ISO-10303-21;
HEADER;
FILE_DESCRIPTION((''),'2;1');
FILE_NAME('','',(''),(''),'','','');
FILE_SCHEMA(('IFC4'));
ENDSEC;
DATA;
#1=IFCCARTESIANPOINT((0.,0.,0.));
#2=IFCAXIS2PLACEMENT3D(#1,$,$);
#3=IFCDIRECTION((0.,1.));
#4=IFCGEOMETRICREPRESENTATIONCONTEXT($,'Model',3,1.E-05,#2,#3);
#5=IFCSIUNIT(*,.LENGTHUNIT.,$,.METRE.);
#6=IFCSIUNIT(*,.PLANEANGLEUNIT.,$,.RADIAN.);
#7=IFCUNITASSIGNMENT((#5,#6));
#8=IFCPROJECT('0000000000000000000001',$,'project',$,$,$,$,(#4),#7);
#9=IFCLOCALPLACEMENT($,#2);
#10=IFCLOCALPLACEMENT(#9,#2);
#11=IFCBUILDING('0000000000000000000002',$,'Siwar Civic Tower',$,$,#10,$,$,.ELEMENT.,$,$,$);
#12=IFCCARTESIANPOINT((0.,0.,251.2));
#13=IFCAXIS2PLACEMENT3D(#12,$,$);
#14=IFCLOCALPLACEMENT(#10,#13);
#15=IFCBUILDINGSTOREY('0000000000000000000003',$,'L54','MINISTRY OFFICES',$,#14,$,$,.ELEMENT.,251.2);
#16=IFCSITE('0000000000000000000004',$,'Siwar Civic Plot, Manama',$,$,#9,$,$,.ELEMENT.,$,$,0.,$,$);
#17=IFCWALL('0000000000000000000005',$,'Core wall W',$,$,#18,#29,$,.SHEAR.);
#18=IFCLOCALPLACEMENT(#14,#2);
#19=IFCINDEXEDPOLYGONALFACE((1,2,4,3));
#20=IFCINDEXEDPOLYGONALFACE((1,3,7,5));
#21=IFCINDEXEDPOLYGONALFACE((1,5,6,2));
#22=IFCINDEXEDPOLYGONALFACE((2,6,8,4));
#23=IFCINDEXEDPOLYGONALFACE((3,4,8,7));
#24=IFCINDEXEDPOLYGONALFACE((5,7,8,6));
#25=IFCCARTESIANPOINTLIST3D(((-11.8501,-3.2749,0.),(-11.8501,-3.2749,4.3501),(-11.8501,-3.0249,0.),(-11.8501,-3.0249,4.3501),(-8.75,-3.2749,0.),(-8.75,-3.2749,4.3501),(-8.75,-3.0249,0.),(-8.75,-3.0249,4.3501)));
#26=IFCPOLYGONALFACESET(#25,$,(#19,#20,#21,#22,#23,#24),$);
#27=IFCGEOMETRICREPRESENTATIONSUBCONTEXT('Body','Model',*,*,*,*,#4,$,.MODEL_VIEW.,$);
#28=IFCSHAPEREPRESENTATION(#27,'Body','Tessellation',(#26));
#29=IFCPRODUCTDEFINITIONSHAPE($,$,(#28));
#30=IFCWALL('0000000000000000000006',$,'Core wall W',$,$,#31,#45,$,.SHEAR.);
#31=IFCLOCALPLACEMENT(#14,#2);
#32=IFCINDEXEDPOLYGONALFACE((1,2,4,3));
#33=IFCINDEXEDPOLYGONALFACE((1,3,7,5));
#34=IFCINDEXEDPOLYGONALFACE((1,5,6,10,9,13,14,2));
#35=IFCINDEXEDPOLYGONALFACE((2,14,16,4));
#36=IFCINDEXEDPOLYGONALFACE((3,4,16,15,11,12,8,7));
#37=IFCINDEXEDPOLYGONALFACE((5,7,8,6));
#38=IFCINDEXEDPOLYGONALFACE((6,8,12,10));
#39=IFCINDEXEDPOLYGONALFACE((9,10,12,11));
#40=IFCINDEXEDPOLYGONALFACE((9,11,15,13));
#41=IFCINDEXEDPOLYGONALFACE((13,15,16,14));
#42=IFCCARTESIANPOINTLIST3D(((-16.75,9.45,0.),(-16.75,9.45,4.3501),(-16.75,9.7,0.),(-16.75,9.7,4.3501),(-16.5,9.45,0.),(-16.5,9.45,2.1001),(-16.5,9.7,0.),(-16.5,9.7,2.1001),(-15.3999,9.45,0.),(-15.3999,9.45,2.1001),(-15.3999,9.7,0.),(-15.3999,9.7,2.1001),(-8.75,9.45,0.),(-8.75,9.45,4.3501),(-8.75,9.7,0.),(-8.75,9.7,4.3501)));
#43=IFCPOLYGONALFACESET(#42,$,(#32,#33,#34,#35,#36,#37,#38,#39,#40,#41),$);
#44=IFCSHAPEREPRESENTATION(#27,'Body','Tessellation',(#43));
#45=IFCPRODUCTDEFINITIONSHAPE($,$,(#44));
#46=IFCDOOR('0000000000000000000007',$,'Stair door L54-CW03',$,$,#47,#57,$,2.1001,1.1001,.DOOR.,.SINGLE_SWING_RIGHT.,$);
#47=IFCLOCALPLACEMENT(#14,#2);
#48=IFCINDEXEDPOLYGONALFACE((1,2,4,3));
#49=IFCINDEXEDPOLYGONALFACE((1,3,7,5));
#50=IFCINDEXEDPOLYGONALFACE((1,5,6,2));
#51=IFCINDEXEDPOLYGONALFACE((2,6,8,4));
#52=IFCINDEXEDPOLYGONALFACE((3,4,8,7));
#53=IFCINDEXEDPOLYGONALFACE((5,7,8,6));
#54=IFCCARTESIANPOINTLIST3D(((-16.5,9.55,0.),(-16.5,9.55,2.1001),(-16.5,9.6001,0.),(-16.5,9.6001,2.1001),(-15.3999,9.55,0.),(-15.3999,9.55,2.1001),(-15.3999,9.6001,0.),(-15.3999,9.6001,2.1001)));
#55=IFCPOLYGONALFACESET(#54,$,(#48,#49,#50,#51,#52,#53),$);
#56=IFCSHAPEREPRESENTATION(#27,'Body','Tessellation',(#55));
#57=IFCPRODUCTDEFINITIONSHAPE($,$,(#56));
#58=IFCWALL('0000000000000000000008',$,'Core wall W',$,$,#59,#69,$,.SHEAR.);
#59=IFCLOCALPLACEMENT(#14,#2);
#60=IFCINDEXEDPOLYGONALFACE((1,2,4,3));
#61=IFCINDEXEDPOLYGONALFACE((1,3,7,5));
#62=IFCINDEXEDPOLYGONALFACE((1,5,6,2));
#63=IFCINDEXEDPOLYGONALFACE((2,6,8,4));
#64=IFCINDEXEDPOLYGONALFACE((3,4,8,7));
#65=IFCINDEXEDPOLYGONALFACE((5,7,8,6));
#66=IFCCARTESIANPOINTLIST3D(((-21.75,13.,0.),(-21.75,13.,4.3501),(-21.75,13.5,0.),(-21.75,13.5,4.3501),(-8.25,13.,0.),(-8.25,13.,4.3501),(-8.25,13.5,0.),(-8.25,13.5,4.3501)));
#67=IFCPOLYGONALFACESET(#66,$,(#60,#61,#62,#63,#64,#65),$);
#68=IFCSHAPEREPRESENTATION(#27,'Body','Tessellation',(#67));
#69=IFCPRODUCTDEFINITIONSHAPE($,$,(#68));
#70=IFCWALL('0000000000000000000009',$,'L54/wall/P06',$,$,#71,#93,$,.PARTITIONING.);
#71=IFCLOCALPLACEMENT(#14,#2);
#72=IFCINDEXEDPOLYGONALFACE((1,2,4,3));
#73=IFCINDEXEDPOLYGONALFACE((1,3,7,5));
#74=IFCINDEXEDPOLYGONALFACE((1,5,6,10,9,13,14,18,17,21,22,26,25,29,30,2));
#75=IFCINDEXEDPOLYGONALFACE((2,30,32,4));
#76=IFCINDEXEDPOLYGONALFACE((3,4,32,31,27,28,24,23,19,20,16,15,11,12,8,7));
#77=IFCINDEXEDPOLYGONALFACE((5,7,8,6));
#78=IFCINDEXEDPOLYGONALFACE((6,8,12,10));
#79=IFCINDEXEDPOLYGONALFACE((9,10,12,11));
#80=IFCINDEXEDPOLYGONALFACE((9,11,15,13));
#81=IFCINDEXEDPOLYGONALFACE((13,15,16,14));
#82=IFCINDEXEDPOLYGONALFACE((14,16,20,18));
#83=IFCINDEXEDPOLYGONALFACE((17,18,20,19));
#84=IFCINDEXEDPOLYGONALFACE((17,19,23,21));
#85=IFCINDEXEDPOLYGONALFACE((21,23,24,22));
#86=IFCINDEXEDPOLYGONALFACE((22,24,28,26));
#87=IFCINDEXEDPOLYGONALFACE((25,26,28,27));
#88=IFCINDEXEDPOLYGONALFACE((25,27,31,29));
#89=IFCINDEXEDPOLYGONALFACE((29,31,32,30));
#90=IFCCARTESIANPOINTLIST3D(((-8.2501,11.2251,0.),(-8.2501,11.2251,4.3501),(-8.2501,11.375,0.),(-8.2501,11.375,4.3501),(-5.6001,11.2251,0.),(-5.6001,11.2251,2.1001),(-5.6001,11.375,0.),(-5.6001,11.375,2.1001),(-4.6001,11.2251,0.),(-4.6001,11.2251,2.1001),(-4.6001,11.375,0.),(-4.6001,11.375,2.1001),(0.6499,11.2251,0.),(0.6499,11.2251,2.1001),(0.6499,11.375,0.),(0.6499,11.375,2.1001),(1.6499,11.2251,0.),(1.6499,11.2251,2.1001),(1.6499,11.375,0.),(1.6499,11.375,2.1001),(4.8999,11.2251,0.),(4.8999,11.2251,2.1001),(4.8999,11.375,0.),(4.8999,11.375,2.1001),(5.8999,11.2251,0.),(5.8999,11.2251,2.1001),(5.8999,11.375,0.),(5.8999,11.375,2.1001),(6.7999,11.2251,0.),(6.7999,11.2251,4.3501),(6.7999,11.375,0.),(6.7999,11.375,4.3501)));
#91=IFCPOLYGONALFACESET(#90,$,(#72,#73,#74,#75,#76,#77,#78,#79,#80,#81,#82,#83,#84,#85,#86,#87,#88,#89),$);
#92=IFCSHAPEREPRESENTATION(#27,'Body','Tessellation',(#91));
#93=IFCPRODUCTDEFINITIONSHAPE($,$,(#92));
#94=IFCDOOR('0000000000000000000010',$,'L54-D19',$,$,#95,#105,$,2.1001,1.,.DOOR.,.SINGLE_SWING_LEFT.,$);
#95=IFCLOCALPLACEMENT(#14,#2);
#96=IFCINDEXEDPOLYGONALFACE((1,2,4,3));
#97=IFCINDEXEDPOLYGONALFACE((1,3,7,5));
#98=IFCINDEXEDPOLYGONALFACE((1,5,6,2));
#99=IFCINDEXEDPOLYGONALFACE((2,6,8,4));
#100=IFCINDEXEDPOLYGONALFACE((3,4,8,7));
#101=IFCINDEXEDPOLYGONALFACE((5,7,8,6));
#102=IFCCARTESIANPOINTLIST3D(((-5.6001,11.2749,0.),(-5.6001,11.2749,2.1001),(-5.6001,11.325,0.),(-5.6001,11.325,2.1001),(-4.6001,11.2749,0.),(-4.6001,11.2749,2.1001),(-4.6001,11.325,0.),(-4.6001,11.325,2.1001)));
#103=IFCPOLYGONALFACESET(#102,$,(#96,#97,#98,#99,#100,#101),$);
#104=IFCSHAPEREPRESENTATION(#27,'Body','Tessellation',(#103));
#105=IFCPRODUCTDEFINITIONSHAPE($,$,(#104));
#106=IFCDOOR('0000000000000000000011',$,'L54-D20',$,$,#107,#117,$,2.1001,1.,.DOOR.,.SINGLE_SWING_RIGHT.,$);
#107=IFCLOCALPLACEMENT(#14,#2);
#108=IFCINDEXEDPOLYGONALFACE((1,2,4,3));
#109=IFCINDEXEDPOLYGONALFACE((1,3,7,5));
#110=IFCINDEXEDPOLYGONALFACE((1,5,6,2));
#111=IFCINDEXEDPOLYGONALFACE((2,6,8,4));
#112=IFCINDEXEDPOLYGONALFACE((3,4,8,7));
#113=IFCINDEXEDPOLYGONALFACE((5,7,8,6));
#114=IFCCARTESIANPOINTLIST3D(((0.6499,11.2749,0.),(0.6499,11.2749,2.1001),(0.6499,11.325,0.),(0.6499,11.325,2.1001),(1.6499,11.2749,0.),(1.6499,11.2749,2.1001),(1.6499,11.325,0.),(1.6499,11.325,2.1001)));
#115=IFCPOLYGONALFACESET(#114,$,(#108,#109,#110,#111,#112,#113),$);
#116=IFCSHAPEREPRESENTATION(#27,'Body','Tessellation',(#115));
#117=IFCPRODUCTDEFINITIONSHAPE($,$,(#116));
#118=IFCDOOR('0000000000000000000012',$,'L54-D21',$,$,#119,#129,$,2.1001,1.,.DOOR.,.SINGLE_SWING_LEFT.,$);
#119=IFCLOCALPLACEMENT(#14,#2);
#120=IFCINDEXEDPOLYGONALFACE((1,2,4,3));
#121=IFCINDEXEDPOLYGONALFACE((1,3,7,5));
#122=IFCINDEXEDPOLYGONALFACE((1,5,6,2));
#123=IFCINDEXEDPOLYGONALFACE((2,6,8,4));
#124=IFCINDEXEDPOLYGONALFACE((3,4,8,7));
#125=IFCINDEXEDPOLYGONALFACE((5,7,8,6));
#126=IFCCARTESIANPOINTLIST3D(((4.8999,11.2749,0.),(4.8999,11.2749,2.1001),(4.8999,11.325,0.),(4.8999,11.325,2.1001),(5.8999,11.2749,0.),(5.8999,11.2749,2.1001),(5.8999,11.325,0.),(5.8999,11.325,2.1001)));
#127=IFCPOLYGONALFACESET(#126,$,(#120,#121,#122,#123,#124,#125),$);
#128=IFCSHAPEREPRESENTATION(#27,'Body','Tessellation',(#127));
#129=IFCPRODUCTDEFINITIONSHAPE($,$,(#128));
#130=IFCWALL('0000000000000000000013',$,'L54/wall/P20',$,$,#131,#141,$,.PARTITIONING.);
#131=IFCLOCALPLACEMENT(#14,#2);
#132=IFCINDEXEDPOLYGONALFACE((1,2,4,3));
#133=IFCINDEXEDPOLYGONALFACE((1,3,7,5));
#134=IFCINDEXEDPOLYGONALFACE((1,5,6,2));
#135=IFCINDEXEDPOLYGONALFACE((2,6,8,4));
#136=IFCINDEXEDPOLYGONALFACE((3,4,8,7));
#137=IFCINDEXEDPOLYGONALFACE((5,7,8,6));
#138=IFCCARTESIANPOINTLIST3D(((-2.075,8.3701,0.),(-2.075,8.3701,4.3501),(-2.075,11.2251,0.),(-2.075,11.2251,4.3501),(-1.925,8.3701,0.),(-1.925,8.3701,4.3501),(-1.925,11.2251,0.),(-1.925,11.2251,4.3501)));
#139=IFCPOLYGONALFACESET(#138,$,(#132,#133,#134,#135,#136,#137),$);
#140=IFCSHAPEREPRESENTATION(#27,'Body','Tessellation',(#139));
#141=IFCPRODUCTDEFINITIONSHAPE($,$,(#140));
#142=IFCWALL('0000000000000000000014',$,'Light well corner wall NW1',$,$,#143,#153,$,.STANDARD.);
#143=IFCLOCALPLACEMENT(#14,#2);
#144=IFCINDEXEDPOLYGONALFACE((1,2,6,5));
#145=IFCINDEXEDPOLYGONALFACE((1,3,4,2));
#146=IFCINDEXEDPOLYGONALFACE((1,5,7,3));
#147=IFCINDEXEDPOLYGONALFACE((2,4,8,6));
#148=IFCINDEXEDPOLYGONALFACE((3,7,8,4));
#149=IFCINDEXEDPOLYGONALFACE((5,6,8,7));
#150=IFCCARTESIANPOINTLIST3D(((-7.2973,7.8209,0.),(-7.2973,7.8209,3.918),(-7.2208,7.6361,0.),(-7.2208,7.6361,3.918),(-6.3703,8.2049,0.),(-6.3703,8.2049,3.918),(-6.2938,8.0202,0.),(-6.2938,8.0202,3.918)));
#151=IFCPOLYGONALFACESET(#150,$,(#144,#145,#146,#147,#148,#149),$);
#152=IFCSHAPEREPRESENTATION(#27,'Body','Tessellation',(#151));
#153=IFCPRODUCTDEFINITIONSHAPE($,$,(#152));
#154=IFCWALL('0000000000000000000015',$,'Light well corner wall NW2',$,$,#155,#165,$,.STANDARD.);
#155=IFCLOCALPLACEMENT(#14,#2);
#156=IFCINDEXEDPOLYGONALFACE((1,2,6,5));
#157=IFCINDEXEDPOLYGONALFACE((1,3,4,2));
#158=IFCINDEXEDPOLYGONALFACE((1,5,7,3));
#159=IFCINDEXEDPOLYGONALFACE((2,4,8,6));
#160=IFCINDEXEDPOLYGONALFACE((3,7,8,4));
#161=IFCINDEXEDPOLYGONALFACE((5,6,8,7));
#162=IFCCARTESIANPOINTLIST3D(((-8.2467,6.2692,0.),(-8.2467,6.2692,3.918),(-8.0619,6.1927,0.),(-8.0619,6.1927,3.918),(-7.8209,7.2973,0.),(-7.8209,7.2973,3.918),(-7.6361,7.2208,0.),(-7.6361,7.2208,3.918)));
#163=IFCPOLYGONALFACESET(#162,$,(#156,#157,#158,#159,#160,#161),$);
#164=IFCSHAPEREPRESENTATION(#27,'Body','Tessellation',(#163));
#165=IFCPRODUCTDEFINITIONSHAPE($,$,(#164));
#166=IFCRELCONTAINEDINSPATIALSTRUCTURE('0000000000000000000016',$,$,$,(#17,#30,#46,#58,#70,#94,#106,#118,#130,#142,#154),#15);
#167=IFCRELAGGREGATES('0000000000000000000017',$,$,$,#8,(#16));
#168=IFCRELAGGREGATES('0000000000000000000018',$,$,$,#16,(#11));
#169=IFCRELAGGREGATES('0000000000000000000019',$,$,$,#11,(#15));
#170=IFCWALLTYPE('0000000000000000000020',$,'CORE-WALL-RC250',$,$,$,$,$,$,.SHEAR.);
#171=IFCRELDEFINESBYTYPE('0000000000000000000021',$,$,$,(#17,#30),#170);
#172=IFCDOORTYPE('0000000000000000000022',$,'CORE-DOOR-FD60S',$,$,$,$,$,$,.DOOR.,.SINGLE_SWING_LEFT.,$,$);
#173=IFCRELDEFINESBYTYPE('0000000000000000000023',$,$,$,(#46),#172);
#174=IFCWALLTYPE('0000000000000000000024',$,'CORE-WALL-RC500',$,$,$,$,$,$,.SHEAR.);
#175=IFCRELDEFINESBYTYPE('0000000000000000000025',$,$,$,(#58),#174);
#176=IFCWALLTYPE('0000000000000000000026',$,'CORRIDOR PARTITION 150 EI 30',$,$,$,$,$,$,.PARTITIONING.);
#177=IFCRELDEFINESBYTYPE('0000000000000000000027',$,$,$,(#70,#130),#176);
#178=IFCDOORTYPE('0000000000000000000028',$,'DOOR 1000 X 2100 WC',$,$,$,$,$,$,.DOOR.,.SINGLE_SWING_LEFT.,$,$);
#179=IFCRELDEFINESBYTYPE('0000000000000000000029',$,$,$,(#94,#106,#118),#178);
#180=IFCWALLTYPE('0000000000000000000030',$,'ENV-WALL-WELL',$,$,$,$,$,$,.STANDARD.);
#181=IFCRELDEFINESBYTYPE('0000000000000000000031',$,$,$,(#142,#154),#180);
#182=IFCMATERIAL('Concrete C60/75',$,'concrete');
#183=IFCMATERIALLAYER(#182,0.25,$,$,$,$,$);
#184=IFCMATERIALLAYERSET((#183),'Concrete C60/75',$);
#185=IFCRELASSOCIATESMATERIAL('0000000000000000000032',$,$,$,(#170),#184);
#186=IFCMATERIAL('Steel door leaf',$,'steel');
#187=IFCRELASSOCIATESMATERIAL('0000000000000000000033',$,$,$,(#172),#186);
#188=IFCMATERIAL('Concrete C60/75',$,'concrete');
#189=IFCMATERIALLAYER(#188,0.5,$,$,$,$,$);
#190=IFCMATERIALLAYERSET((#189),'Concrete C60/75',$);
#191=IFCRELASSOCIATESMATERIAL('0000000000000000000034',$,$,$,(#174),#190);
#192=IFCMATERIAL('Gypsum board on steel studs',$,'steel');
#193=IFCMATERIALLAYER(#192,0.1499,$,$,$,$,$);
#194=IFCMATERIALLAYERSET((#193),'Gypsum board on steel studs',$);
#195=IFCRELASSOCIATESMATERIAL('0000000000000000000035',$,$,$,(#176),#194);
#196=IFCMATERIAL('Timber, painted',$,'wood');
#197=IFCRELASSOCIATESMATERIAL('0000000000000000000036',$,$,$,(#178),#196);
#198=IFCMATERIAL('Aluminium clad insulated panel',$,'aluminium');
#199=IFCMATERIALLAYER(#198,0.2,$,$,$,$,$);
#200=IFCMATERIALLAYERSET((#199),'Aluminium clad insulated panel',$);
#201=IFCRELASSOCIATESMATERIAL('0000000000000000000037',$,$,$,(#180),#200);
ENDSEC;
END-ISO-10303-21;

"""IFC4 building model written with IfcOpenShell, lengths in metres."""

from ifc_helpers import new_model, si_unit, direction, frame, frame_2d, origin, place, context, subcontext, project, spatial, rectangle, extrude, material, layer, layer_set, type_object, element, fill, save


model = new_model("IFC4")

# Units and contexts
model_context = context("Model", 3, precision=1e-05, world=origin(), true_north=direction((0.0, 1.0)))
body_context = subcontext(model_context, "Body", "Model", "MODEL_VIEW")
ifc_project = project(units=[si_unit("LENGTHUNIT", "METRE"), si_unit("PLANEANGLEUNIT", "RADIAN")], contexts=[model_context])

# Site, building, storey
site_placement = place(None, origin())
site = spatial("IfcSite", under=ifc_project, at=site_placement, Name="Siwar Civic Plot, Manama", CompositionType="ELEMENT", RefElevation=0.0)
building_placement = place(site_placement, origin())
building = spatial("IfcBuilding", under=site, at=building_placement, Name="Siwar Civic Tower", CompositionType="ELEMENT")
storey_placement = place(building_placement, frame((0.0, 0.0, 251.2)))
storey = spatial("IfcBuildingStorey", under=building, at=storey_placement, Name="L54", Description="MINISTRY OFFICES", CompositionType="ELEMENT", Elevation=251.2)

# Shared definitions
ifc_material_1 = material(Name="Concrete C60/75", Category="concrete")
ifc_layer_1 = layer(ifc_material_1, 0.25)
ifc_layer_set_1 = layer_set([ifc_layer_1], Name="Concrete C60/75")
wall_type_1 = type_object("IfcWallType", Name="CORE-WALL-RC250", PredefinedType="SHEAR", material=ifc_layer_set_1)

# Wall
for number, where, z_axis, x_axis, name in (
    (1, (-8.75, -3.1499, 0.0), (0.0, 0.0, 1.0), (-1.0, 0.0, 0.0), "Core wall W"),
):
    element("IfcWall", number, at=place(storey_placement, frame(where, z_axis=z_axis, x_axis=x_axis)), inside=storey, type_object=wall_type_1, Name=name, PredefinedType="SHEAR", context=body_context, shape_type="SweptSolid", body=[
        extrude(rectangle(XDim=3.1001, YDim=0.25, at=frame_2d((1.55, 0.0))), origin(), (0.0, 0.0, 1.0), 4.3501),
    ])

# Wall, opening, door
wall_1_placement = place(storey_placement, frame((-8.75, 9.575, 0.0), z_axis=(0.0, 0.0, 1.0), x_axis=(-1.0, 0.0, 0.0)))
wall_1 = element("IfcWall", 2, at=wall_1_placement, inside=storey, type_object=wall_type_1, Name="Core wall W", PredefinedType="SHEAR", context=body_context, shape_type="SweptSolid", body=[
    extrude(rectangle(XDim=8.0, YDim=0.25, at=frame_2d((4.0, 0.0))), origin(), (0.0, 0.0, 1.0), 4.3501),
])
opening_1_placement = place(wall_1_placement, frame((6.6499, 0.0, 0.0)))
opening_1 = element("IfcOpeningElement", 3, at=opening_1_placement, cuts=wall_1, PredefinedType="OPENING", context=body_context, shape_type="SweptSolid", body=[
    extrude(rectangle(XDim=1.1001, YDim=2.1001, at=frame_2d((0.55, 1.05))), frame((0.0, 0.135, 0.0), z_axis=(0.0, -1.0, 0.0), x_axis=(1.0, 0.0, 0.0)), (0.0, 0.0, 1.0), 0.27),
])
ifc_material_2 = material(Name="Steel door leaf", Category="steel")
door_type_1 = type_object("IfcDoorType", Name="CORE-DOOR-FD60S", OperationType="SINGLE_SWING_LEFT", PredefinedType="DOOR", material=ifc_material_2)
door_1_placement = place(opening_1_placement, origin())
door_1 = element("IfcDoor", 4, at=door_1_placement, inside=storey, type_object=door_type_1, Name="Stair door L54-CW03", OperationType="SINGLE_SWING_RIGHT", OverallHeight=2.1001, OverallWidth=1.1001, PredefinedType="DOOR", context=body_context, shape_type="SweptSolid", body=[
    extrude(rectangle(XDim=1.1001, YDim=2.1001, at=frame_2d((0.55, 1.05))), frame((0.0, 0.0249, 0.0), z_axis=(0.0, -1.0, 0.0), x_axis=(1.0, 0.0, 0.0)), (0.0, 0.0, 1.0), 0.05),
])
fill(opening_1, door_1)

# Wall
ifc_material_3 = material(Name="Concrete C60/75", Category="concrete")
ifc_layer_2 = layer(ifc_material_3, 0.5)
ifc_layer_set_2 = layer_set([ifc_layer_2], Name="Concrete C60/75")
wall_type_2 = type_object("IfcWallType", Name="CORE-WALL-RC500", PredefinedType="SHEAR", material=ifc_layer_set_2)
wall_2_placement = place(storey_placement, frame((-8.25, 13.25, 0.0), z_axis=(0.0, 0.0, 1.0), x_axis=(-1.0, 0.0, 0.0)))
element("IfcWall", 5, at=wall_2_placement, inside=storey, type_object=wall_type_2, Name="Core wall W", PredefinedType="SHEAR", context=body_context, shape_type="SweptSolid", body=[
    extrude(rectangle(XDim=13.5, YDim=0.5, at=frame_2d((6.75, 0.0))), origin(), (0.0, 0.0, 1.0), 4.3501),
])

# Wall, openings, doors
ifc_material_4 = material(Name="Gypsum board on steel studs", Category="steel")
ifc_layer_3 = layer(ifc_material_4, 0.1499)
ifc_layer_set_3 = layer_set([ifc_layer_3], Name="Gypsum board on steel studs")
wall_type_3 = type_object("IfcWallType", Name="CORRIDOR PARTITION 150 EI 30", PredefinedType="PARTITIONING", material=ifc_layer_set_3)
wall_3_placement = place(storey_placement, frame((-8.25, 11.3, 0.0), z_axis=(0.0, 0.0, 1.0), x_axis=(1.0, 0.0, 0.0)))
wall_3 = element("IfcWall", 6, at=wall_3_placement, inside=storey, type_object=wall_type_3, Name="L54/wall/P06", PredefinedType="PARTITIONING", context=body_context, shape_type="SweptSolid", body=[
    extrude(rectangle(XDim=15.05, YDim=0.1499, at=frame_2d((7.5249, 0.0))), origin(), (0.0, 0.0, 1.0), 4.3501),
])
opening_2_placement = place(wall_3_placement, frame((2.6499, 0.0, 0.0)))
opening_2 = element("IfcOpeningElement", 7, at=opening_2_placement, cuts=wall_3, PredefinedType="OPENING", context=body_context, shape_type="SweptSolid", body=[
    extrude(rectangle(XDim=1.0, YDim=2.1001, at=frame_2d((0.5, 1.05))), frame((0.0, 0.085, 0.0), z_axis=(0.0, -1.0, 0.0), x_axis=(1.0, 0.0, 0.0)), (0.0, 0.0, 1.0), 0.1699),
])
opening_3_placement = place(wall_3_placement, frame((8.8999, 0.0, 0.0)))
opening_3 = element("IfcOpeningElement", 8, at=opening_3_placement, cuts=wall_3, PredefinedType="OPENING", context=body_context, shape_type="SweptSolid", body=[
    extrude(rectangle(XDim=1.0, YDim=2.1001, at=frame_2d((0.5, 1.05))), frame((0.0, 0.085, 0.0), z_axis=(0.0, -1.0, 0.0), x_axis=(1.0, 0.0, 0.0)), (0.0, 0.0, 1.0), 0.1699),
])
opening_4_placement = place(wall_3_placement, frame((13.1499, 0.0, 0.0)))
opening_4 = element("IfcOpeningElement", 9, at=opening_4_placement, cuts=wall_3, PredefinedType="OPENING", context=body_context, shape_type="SweptSolid", body=[
    extrude(rectangle(XDim=1.0, YDim=2.1001, at=frame_2d((0.5, 1.05))), frame((0.0, 0.085, 0.0), z_axis=(0.0, -1.0, 0.0), x_axis=(1.0, 0.0, 0.0)), (0.0, 0.0, 1.0), 0.1699),
])
ifc_material_5 = material(Name="Timber, painted", Category="wood")
door_type_2 = type_object("IfcDoorType", Name="DOOR 1000 X 2100 WC", OperationType="SINGLE_SWING_LEFT", PredefinedType="DOOR", material=ifc_material_5)
door_2_placement = place(opening_2_placement, origin())
door_2 = element("IfcDoor", 10, at=door_2_placement, inside=storey, type_object=door_type_2, Name="L54-D19", OperationType="SINGLE_SWING_LEFT", OverallHeight=2.1001, OverallWidth=1.0, PredefinedType="DOOR", context=body_context, shape_type="SweptSolid", body=[
    extrude(rectangle(XDim=1.0, YDim=2.1001, at=frame_2d((0.5, 1.05))), frame((0.0, 0.0249, 0.0), z_axis=(0.0, -1.0, 0.0), x_axis=(1.0, 0.0, 0.0)), (0.0, 0.0, 1.0), 0.05),
])
fill(opening_2, door_2)
door_3_placement = place(opening_3_placement, origin())
door_3 = element("IfcDoor", 11, at=door_3_placement, inside=storey, type_object=door_type_2, Name="L54-D20", OperationType="SINGLE_SWING_RIGHT", OverallHeight=2.1001, OverallWidth=1.0, PredefinedType="DOOR", context=body_context, shape_type="SweptSolid", body=[
    extrude(rectangle(XDim=1.0, YDim=2.1001, at=frame_2d((0.5, 1.05))), frame((0.0, 0.0249, 0.0), z_axis=(0.0, -1.0, 0.0), x_axis=(1.0, 0.0, 0.0)), (0.0, 0.0, 1.0), 0.05),
])
fill(opening_3, door_3)
door_4_placement = place(opening_4_placement, origin())
door_4 = element("IfcDoor", 12, at=door_4_placement, inside=storey, type_object=door_type_2, Name="L54-D21", OperationType="SINGLE_SWING_LEFT", OverallHeight=2.1001, OverallWidth=1.0, PredefinedType="DOOR", context=body_context, shape_type="SweptSolid", body=[
    extrude(rectangle(XDim=1.0, YDim=2.1001, at=frame_2d((0.5, 1.05))), frame((0.0, 0.0249, 0.0), z_axis=(0.0, -1.0, 0.0), x_axis=(1.0, 0.0, 0.0)), (0.0, 0.0, 1.0), 0.05),
])
fill(opening_4, door_4)

# Walls
wall_4_placement = place(storey_placement, frame((-2.0, 8.3701, 0.0), z_axis=(0.0, 0.0, 1.0), x_axis=(0.0, 1.0, 0.0)))
element("IfcWall", 13, at=wall_4_placement, inside=storey, type_object=wall_type_3, Name="L54/wall/P20", PredefinedType="PARTITIONING", context=body_context, shape_type="SweptSolid", body=[
    extrude(rectangle(XDim=2.855, YDim=0.1499, at=frame_2d((1.4275, 0.0))), origin(), (0.0, 0.0, 1.0), 4.3501),
])
ifc_material_6 = material(Name="Aluminium clad insulated panel", Category="aluminium")
ifc_layer_4 = layer(ifc_material_6, 0.2)
ifc_layer_set_4 = layer_set([ifc_layer_4], Name="Aluminium clad insulated panel")
wall_type_4 = type_object("IfcWallType", Name="ENV-WALL-WELL", PredefinedType="STANDARD", material=ifc_layer_set_4)
wall_5_placement = place(storey_placement, frame((-6.332, 8.1125, 0.0), z_axis=(0.0, 0.0, 1.0), x_axis=(-0.92386, -0.382731, 0.0)))
element("IfcWall", 14, at=wall_5_placement, inside=storey, type_object=wall_type_4, Name="Light well corner wall NW1", PredefinedType="STANDARD", context=body_context, shape_type="SweptSolid", body=[
    extrude(rectangle(XDim=1.0034, YDim=0.2, at=frame_2d((0.5017, 0.0))), origin(), (0.0, 0.0, 1.0), 3.918),
])
wall_6_placement = place(storey_placement, frame((-7.7285, 7.259, 0.0), z_axis=(0.0, 0.0, 1.0), x_axis=(-0.382636, -0.923899, 0.0)))
element("IfcWall", 15, at=wall_6_placement, inside=storey, type_object=wall_type_4, Name="Light well corner wall NW2", PredefinedType="STANDARD", context=body_context, shape_type="SweptSolid", body=[
    extrude(rectangle(XDim=1.1128, YDim=0.2, at=frame_2d((0.5564, 0.0))), origin(), (0.0, 0.0, 1.0), 3.918),
])

save(model, "model.ifc")
